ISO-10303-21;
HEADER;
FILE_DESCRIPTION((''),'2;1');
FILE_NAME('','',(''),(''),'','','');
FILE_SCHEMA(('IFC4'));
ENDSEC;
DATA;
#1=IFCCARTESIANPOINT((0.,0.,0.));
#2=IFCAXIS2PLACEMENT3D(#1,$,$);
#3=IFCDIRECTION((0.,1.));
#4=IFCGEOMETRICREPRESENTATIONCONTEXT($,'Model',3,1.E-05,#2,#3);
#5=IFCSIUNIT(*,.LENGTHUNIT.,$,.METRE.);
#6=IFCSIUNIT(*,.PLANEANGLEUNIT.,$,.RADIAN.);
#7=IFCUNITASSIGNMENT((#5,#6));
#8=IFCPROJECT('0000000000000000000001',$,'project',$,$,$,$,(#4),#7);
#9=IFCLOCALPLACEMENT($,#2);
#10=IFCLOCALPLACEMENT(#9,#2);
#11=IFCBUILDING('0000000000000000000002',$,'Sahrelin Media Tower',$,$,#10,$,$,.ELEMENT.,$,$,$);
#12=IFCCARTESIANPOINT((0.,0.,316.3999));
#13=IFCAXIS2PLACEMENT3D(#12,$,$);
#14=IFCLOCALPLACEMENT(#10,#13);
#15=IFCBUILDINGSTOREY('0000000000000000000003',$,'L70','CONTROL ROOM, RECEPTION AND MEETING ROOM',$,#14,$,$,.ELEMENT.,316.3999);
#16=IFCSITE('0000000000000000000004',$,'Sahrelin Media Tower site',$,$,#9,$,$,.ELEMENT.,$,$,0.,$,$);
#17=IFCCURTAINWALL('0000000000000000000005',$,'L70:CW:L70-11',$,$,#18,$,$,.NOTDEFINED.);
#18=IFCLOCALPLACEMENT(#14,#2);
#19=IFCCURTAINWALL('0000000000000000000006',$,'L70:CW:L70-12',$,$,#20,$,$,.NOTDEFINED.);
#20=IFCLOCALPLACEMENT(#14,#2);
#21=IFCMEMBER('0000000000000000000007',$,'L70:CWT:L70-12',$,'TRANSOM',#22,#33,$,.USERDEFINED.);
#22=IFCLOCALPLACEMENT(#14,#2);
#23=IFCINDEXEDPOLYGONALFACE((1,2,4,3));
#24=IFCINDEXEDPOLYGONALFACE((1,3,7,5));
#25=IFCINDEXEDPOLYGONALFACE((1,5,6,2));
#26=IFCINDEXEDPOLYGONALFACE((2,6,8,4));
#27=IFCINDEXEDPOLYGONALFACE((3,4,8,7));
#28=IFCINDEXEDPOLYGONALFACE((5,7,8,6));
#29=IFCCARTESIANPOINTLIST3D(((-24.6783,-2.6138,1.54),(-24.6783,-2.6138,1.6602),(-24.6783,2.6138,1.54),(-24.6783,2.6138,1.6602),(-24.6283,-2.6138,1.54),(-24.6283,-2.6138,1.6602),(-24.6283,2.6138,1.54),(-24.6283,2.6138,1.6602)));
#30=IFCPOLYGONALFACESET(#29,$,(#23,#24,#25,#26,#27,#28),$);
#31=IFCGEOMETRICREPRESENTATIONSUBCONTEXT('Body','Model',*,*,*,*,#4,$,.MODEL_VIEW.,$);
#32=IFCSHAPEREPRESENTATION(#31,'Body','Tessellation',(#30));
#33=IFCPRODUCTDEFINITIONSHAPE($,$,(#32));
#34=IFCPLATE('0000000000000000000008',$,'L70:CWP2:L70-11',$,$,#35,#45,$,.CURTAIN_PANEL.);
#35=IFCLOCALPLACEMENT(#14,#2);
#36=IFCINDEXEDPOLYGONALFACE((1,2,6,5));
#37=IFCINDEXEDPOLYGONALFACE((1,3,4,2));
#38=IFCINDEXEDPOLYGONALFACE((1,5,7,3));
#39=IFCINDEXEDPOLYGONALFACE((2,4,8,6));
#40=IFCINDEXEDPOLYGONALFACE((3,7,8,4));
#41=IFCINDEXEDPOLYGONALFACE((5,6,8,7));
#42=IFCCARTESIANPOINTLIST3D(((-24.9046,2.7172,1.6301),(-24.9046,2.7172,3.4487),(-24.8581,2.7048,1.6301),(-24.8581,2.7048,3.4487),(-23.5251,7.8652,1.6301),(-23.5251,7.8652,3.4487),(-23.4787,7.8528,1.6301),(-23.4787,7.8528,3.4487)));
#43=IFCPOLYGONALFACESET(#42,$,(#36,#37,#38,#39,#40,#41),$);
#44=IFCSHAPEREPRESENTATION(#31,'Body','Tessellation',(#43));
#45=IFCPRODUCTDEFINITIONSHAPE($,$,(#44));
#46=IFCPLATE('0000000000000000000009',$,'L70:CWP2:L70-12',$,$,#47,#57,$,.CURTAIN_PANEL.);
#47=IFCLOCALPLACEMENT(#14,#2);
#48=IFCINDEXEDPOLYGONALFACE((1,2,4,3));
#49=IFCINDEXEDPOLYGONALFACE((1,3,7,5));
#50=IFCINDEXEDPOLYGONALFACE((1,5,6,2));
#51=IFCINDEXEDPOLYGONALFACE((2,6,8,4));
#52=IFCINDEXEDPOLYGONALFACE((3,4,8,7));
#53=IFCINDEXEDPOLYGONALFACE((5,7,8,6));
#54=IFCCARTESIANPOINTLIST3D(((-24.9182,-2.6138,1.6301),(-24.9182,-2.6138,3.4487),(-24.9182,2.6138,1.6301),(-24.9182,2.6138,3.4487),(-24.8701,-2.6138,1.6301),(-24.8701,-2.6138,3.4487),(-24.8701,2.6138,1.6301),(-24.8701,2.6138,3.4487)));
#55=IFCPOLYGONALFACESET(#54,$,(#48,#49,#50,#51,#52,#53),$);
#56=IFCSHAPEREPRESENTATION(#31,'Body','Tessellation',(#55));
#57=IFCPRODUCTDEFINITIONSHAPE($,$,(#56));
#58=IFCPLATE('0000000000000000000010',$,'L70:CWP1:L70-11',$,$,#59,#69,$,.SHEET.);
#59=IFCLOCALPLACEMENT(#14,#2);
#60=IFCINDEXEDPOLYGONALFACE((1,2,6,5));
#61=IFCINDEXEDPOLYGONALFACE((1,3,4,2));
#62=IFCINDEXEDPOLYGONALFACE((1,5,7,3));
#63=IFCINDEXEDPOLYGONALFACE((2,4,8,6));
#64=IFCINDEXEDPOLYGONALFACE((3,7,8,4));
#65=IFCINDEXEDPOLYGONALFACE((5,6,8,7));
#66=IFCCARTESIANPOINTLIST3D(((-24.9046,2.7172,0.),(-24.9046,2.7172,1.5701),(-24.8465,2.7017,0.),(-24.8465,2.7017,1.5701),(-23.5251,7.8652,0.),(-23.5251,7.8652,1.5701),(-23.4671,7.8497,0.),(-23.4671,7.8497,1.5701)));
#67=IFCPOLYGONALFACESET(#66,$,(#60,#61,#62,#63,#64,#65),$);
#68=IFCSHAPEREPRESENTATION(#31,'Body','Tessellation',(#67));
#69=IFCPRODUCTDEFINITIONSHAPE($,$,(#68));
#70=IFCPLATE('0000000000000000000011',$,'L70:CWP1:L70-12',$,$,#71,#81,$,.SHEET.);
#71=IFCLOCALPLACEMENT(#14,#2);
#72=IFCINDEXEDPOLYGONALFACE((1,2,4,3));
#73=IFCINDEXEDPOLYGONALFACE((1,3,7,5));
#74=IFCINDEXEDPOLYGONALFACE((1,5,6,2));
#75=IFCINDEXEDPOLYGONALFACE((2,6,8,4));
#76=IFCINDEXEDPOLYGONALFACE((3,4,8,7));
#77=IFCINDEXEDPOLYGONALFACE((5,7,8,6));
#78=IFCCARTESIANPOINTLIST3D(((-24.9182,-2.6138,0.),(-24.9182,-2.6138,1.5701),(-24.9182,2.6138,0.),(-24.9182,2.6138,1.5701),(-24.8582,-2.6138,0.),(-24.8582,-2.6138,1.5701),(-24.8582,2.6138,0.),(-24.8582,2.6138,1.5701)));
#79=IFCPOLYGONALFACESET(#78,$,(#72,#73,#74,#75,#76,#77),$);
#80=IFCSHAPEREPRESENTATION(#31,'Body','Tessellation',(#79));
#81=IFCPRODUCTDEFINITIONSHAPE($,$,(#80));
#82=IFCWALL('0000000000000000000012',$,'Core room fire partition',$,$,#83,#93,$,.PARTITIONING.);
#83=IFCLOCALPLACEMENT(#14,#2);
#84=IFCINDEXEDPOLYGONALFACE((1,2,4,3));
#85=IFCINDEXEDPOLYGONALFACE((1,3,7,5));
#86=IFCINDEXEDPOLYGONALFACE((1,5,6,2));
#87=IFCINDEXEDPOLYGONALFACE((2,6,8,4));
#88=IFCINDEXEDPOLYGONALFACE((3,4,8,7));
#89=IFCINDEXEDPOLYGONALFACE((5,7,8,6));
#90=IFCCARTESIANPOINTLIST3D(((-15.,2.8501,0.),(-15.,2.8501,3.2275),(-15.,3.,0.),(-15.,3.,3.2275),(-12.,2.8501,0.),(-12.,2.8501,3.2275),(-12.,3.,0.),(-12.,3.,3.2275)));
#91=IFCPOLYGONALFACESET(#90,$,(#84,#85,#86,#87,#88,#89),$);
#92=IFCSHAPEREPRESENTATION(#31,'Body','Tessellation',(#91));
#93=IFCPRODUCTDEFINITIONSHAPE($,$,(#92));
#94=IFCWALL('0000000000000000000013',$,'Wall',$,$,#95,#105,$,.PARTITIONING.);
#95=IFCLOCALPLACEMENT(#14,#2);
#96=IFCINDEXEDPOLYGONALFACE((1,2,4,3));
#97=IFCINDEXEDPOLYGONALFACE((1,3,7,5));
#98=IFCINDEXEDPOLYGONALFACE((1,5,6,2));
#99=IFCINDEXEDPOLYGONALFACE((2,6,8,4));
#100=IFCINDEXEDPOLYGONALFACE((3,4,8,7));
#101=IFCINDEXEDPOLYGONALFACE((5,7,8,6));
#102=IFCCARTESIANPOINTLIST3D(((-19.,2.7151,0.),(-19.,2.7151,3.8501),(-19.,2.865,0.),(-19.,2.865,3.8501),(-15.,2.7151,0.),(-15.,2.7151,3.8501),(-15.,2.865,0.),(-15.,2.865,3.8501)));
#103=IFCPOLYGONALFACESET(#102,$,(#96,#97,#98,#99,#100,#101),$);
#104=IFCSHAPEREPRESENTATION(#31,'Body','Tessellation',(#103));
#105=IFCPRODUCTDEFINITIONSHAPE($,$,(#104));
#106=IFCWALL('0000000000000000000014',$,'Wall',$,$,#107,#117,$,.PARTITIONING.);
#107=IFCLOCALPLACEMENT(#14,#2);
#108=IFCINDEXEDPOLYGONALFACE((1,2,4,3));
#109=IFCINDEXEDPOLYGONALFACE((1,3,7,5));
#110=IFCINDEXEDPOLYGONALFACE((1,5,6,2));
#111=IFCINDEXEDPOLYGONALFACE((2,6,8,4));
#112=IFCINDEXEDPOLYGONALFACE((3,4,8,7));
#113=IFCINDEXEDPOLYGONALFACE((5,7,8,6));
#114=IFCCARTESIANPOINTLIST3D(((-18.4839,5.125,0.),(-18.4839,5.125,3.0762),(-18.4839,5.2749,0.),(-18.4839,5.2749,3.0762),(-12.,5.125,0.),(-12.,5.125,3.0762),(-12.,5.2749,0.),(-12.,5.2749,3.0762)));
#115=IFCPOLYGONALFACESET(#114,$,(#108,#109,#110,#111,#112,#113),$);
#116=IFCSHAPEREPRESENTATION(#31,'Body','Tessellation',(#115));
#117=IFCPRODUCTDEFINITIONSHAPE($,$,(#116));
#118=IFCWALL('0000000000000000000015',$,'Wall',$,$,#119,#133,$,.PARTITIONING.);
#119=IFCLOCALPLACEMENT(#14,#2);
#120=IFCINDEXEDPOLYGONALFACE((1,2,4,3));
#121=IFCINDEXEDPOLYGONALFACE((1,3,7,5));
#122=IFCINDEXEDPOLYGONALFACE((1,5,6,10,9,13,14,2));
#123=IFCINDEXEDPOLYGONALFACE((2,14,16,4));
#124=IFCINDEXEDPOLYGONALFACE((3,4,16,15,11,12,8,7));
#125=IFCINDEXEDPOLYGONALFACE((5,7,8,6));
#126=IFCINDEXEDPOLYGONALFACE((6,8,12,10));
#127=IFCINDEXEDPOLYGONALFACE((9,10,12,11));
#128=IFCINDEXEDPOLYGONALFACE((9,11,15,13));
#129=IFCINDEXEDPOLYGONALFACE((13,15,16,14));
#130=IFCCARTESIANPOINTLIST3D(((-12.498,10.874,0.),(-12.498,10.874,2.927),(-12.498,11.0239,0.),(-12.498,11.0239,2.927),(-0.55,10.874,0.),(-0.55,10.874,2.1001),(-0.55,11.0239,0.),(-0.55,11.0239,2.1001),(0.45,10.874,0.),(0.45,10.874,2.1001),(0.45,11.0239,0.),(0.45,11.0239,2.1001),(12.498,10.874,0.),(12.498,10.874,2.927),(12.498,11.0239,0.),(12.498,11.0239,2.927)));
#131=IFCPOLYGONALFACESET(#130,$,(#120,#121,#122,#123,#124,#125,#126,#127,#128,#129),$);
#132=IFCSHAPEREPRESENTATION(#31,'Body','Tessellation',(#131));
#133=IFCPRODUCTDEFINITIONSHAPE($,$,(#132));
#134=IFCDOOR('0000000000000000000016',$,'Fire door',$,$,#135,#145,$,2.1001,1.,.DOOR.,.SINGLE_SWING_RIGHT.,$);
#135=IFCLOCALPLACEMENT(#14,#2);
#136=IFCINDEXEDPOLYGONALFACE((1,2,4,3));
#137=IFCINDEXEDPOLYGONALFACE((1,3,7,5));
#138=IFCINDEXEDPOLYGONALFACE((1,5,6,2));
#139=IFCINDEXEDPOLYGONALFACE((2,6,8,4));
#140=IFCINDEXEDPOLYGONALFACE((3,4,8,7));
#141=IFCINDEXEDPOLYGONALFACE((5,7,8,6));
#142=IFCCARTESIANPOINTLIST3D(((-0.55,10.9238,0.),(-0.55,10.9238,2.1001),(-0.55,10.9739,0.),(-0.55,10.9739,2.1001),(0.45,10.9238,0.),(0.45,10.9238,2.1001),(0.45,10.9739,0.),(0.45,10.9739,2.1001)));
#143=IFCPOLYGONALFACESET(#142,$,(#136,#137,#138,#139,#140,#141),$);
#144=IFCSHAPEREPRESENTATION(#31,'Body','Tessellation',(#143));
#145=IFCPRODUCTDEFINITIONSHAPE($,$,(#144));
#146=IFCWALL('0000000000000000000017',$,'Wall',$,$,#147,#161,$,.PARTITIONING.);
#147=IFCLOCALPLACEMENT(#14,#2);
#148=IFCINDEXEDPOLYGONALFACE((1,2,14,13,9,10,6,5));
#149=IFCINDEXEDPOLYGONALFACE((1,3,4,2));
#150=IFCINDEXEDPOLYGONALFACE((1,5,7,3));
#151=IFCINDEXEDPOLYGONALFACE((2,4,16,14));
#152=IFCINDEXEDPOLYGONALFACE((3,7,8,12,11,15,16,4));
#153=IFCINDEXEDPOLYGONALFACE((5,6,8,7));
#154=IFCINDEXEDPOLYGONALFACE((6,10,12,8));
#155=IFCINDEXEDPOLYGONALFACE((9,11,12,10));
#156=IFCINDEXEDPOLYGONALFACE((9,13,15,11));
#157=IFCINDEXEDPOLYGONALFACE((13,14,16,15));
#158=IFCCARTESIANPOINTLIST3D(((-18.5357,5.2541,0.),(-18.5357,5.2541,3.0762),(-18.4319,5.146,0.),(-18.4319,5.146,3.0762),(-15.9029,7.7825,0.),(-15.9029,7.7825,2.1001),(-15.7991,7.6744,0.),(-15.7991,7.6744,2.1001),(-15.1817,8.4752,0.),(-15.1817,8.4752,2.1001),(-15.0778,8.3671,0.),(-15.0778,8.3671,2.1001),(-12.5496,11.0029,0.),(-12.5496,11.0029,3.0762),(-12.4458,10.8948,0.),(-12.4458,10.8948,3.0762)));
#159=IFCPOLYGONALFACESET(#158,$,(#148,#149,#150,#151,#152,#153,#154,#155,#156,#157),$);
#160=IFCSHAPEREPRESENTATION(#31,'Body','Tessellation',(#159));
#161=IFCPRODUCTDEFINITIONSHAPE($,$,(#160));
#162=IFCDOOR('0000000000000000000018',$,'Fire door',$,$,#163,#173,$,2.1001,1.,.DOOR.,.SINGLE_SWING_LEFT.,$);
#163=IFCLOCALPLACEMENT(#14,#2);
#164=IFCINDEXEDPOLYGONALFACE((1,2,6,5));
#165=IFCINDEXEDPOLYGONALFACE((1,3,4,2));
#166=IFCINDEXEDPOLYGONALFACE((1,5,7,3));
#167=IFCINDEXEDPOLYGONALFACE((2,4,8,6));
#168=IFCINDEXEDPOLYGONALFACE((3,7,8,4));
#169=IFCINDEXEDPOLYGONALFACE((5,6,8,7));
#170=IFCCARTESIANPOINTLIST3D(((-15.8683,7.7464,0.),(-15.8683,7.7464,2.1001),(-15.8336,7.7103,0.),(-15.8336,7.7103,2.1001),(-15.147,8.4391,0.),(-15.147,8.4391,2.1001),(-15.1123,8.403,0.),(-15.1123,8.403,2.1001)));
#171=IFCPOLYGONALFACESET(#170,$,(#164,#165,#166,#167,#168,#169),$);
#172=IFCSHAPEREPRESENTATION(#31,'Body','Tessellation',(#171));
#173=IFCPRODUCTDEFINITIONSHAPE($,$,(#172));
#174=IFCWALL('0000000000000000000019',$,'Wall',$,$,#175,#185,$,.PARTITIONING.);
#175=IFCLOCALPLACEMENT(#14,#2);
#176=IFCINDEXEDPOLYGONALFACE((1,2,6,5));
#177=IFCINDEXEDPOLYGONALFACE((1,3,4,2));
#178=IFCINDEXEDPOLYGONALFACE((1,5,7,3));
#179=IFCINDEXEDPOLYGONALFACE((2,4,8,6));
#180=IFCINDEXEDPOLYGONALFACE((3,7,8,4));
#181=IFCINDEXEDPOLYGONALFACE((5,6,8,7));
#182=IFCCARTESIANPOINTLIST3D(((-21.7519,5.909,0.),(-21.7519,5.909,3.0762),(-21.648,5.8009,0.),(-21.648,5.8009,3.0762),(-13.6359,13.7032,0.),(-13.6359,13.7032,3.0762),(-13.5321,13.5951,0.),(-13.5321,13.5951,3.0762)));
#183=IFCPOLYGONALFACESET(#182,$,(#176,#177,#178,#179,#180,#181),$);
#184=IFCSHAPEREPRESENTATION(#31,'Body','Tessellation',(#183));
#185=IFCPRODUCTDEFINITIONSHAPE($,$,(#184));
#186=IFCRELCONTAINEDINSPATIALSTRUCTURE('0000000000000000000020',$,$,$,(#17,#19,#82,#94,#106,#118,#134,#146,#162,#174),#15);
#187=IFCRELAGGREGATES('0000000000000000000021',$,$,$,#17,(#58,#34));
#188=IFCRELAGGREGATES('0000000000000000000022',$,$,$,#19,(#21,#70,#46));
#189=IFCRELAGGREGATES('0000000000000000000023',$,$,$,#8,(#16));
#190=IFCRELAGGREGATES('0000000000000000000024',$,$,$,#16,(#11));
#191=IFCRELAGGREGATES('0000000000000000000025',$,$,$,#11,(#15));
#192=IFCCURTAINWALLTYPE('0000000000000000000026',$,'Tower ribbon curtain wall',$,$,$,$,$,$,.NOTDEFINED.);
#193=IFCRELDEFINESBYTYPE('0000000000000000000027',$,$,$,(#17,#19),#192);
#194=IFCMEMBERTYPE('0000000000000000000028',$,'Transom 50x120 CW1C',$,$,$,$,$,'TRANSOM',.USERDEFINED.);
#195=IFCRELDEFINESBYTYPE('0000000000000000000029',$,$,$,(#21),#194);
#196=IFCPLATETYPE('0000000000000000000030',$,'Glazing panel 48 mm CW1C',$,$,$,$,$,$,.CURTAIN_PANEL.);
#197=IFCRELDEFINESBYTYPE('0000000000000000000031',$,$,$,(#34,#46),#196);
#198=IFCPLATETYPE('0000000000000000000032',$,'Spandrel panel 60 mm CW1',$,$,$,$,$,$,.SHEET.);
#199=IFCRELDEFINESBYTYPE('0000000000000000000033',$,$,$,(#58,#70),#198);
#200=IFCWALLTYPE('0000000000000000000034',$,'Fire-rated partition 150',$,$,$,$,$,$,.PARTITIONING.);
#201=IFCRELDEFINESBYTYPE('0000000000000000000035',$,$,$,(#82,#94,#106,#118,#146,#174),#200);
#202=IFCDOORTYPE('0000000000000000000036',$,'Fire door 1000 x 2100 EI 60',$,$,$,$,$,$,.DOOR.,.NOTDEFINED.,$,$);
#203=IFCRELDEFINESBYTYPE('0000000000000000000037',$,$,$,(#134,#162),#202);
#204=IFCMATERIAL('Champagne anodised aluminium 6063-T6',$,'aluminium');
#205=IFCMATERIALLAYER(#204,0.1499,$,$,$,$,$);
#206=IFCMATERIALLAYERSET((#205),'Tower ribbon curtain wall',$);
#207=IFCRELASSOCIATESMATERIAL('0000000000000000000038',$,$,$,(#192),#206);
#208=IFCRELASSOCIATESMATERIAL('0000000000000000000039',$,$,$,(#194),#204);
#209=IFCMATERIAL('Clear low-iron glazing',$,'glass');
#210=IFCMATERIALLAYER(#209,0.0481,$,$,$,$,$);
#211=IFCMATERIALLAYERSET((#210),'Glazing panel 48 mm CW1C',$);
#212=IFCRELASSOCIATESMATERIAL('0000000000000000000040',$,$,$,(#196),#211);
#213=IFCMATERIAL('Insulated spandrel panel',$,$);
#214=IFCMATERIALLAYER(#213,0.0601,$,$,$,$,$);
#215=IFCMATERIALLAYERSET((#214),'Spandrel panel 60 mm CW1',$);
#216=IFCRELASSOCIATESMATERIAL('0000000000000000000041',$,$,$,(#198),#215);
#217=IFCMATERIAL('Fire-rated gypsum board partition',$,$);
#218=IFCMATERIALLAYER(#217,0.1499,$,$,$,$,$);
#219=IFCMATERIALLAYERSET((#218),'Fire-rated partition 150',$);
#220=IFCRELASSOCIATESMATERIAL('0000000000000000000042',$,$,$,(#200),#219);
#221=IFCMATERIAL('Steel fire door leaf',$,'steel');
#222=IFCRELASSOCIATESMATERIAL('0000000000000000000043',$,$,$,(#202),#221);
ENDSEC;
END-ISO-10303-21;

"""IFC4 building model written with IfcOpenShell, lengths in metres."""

from ifc_helpers import new_model, si_unit, direction, frame, frame_2d, origin, origin_2d, place, context, subcontext, project, spatial, polyline, rectangle, outline, extrude, material, layer, layer_set, material_profile, profile_set, type_object, element, fill, aggregate, save


model = new_model("IFC4")

# Units and contexts
model_context = context("Model", 3, precision=1e-05, world=origin(), true_north=direction((0.0, 1.0)))
body_context = subcontext(model_context, "Body", "Model", "MODEL_VIEW")
ifc_project = project(units=[si_unit("LENGTHUNIT", "METRE"), si_unit("PLANEANGLEUNIT", "RADIAN")], contexts=[model_context])

# Site, building, storey
site_placement = place(None, origin())
site = spatial("IfcSite", under=ifc_project, at=site_placement, Name="Sahrelin Media Tower site", CompositionType="ELEMENT", RefElevation=0.0)
building_placement = place(site_placement, origin())
building = spatial("IfcBuilding", under=site, at=building_placement, Name="Sahrelin Media Tower", CompositionType="ELEMENT")
storey_placement = place(building_placement, frame((0.0, 0.0, 316.3999)))
storey = spatial("IfcBuildingStorey", under=building, at=storey_placement, Name="L70", Description="CONTROL ROOM, RECEPTION AND MEETING ROOM", CompositionType="ELEMENT", Elevation=316.3999)

# Curtain walls
ifc_material_1 = material(Name="Champagne anodised aluminium 6063-T6", Category="aluminium")
ifc_layer_1 = layer(ifc_material_1, 0.1499)
ifc_layer_set_1 = layer_set([ifc_layer_1], Name="Tower ribbon curtain wall")
curtain_wall_type = type_object("IfcCurtainWallType", Name="Tower ribbon curtain wall", PredefinedType="NOTDEFINED", material=ifc_layer_set_1)
curtain_wall_1_placement = place(storey_placement, frame((-24.1956, 5.2859, 0.0), z_axis=(0.0, 0.0, 1.0), x_axis=(1.0, 0.0, 0.0)))
curtain_wall_1 = element("IfcCurtainWall", 1, at=curtain_wall_1_placement, inside=storey, type_object=curtain_wall_type, Name="L70:CW:L70-11", PredefinedType="NOTDEFINED")
curtain_wall_2_placement = place(storey_placement, frame((-24.8982, 0.0, 0.0), z_axis=(0.0, 0.0, 1.0), x_axis=(1.0, 0.0, 0.0)))
curtain_wall_2 = element("IfcCurtainWall", 2, at=curtain_wall_2_placement, inside=storey, type_object=curtain_wall_type, Name="L70:CW:L70-12", PredefinedType="NOTDEFINED")

# Member
ifc_material_profile_1 = material_profile(ifc_material_1, rectangle(XDim=0.05, YDim=0.1201, at=origin_2d()), Name="Transom 50x120")
ifc_profile_set_1 = profile_set([ifc_material_profile_1], Name="Champagne anodised aluminium 6063-T6")
member_type_1 = type_object("IfcMemberType", Name="Transom 50x120 CW1C", ElementType="TRANSOM", PredefinedType="USERDEFINED", material=ifc_profile_set_1)
member_1_placement = place(storey_placement, frame((-24.6533, 2.6138, 1.6001), z_axis=(0.0, -1.0, 0.0), x_axis=(1.0, 0.0, 0.0)))
member_1 = element("IfcMember", 3, at=member_1_placement, type_object=member_type_1, Name="L70:CWT:L70-12", ObjectType="TRANSOM", PredefinedType="USERDEFINED", context=body_context, shape_type="SweptSolid", body=[
    extrude(rectangle(XDim=0.05, YDim=0.1201, at=origin_2d()), origin(), (0.0, 0.0, 1.0), 5.2275),
])

# Plates
ifc_material_2 = material(Name="Clear low-iron glazing", Category="glass")
ifc_layer_2 = layer(ifc_material_2, 0.0481)
ifc_layer_set_2 = layer_set([ifc_layer_2], Name="Glazing panel 48 mm CW1C")
plate_type_1 = type_object("IfcPlateType", Name="Glazing panel 48 mm CW1C", PredefinedType="CURTAIN_PANEL", material=ifc_layer_set_2)
plate_1_placement = place(storey_placement, frame((-23.5251, 7.8652, 1.6301), z_axis=(-0.965926, 0.25882, 0.0), x_axis=(-0.25882, -0.965926, 0.0)))
plate_1 = element("IfcPlate", 4, at=plate_1_placement, type_object=plate_type_1, Name="L70:CWP2:L70-11", PredefinedType="CURTAIN_PANEL", context=body_context, shape_type="SweptSolid", body=[
    extrude(outline(polyline([(0.0, 0.0), (5.3296, 0.0), (5.3296, 1.8186), (0.0, 1.8186), (0.0, 0.0)])), origin(), (0.0, 0.0, -1.0), 0.0481),
])
plate_2_placement = place(storey_placement, frame((-24.9182, 2.6138, 1.6301), z_axis=(-1.0, 0.0, 0.0), x_axis=(0.0, -1.0, 0.0)))
plate_2 = element("IfcPlate", 5, at=plate_2_placement, type_object=plate_type_1, Name="L70:CWP2:L70-12", PredefinedType="CURTAIN_PANEL", context=body_context, shape_type="SweptSolid", body=[
    extrude(outline(polyline([(0.0, 0.0), (5.2275, 0.0), (5.2275, 1.8186), (0.0, 1.8186), (0.0, 0.0)])), origin(), (0.0, 0.0, -1.0), 0.0481),
])
ifc_material_3 = material(Name="Insulated spandrel panel")
ifc_layer_3 = layer(ifc_material_3, 0.0601)
ifc_layer_set_3 = layer_set([ifc_layer_3], Name="Spandrel panel 60 mm CW1")
plate_type_2 = type_object("IfcPlateType", Name="Spandrel panel 60 mm CW1", PredefinedType="SHEET", material=ifc_layer_set_3)
plate_3_placement = place(storey_placement, frame((-23.5251, 7.8652, 0.0), z_axis=(-0.965926, 0.25882, 0.0), x_axis=(-0.25882, -0.965926, 0.0)))
plate_3 = element("IfcPlate", 6, at=plate_3_placement, type_object=plate_type_2, Name="L70:CWP1:L70-11", PredefinedType="SHEET", context=body_context, shape_type="SweptSolid", body=[
    extrude(outline(polyline([(0.0, 0.0), (5.3296, 0.0), (5.3296, 1.5701), (0.0, 1.5701), (0.0, 0.0)])), origin(), (0.0, 0.0, -1.0), 0.0601),
])
aggregate(curtain_wall_1, [plate_3, plate_1])
plate_4_placement = place(storey_placement, frame((-24.9182, 2.6138, 0.0), z_axis=(-1.0, 0.0, 0.0), x_axis=(0.0, -1.0, 0.0)))
plate_4 = element("IfcPlate", 7, at=plate_4_placement, type_object=plate_type_2, Name="L70:CWP1:L70-12", PredefinedType="SHEET", context=body_context, shape_type="SweptSolid", body=[
    extrude(outline(polyline([(0.0, 0.0), (5.2275, 0.0), (5.2275, 1.5701), (0.0, 1.5701), (0.0, 0.0)])), origin(), (0.0, 0.0, -1.0), 0.0601),
])
aggregate(curtain_wall_2, [member_1, plate_4, plate_2])

# Walls
ifc_material_4 = material(Name="Fire-rated gypsum board partition")
ifc_layer_4 = layer(ifc_material_4, 0.1499)
ifc_layer_set_4 = layer_set([ifc_layer_4], Name="Fire-rated partition 150")
wall_type_1 = type_object("IfcWallType", Name="Fire-rated partition 150", PredefinedType="PARTITIONING", material=ifc_layer_set_4)
wall_1_placement = place(storey_placement, frame((-15.0, 2.925, 0.0), z_axis=(0.0, 0.0, 1.0), x_axis=(1.0, 0.0, 0.0)))
element("IfcWall", 8, at=wall_1_placement, inside=storey, type_object=wall_type_1, Name="Core room fire partition", PredefinedType="PARTITIONING", context=body_context, shape_type="SweptSolid", body=[
    extrude(rectangle(XDim=3.0, YDim=0.1499, at=frame_2d((1.5, 0.0))), origin(), (0.0, 0.0, 1.0), 3.2275),
])
wall_2_placement = place(storey_placement, frame((-19.0, 2.79, 0.0), z_axis=(0.0, 0.0, 1.0), x_axis=(1.0, 0.0, 0.0)))
element("IfcWall", 9, at=wall_2_placement, inside=storey, type_object=wall_type_1, Name="Wall", PredefinedType="PARTITIONING", context=body_context, shape_type="SweptSolid", body=[
    extrude(rectangle(XDim=4.0, YDim=0.1499, at=frame_2d((2.0, 0.0))), origin(), (0.0, 0.0, 1.0), 3.8501),
])
wall_3_placement = place(storey_placement, frame((-18.4839, 5.2, 0.0), z_axis=(0.0, 0.0, 1.0), x_axis=(1.0, 0.0, 0.0)))
element("IfcWall", 10, at=wall_3_placement, inside=storey, type_object=wall_type_1, Name="Wall", PredefinedType="PARTITIONING", context=body_context, shape_type="SweptSolid", body=[
    extrude(rectangle(XDim=6.4839, YDim=0.1499, at=frame_2d((3.2419, 0.0))), origin(), (0.0, 0.0, 1.0), 3.0762),
])

# Walls, openings, doors
wall_4_placement = place(storey_placement, frame((-12.498, 10.949, 0.0), z_axis=(0.0, 0.0, 1.0), x_axis=(1.0, 0.0, 0.0)))
wall_4 = element("IfcWall", 11, at=wall_4_placement, inside=storey, type_object=wall_type_1, Name="Wall", PredefinedType="PARTITIONING", context=body_context, shape_type="SweptSolid", body=[
    extrude(rectangle(XDim=24.9961, YDim=0.1499, at=frame_2d((12.498, 0.0))), origin(), (0.0, 0.0, 1.0), 2.927),
])
opening_1_placement = place(wall_4_placement, frame((11.948, 0.0, 0.0)))
opening_1 = element("IfcOpeningElement", 12, at=opening_1_placement, cuts=wall_4, PredefinedType="OPENING", context=body_context, shape_type="SweptSolid", body=[
    extrude(rectangle(XDim=1.0, YDim=2.1001, at=frame_2d((0.5, 1.05))), frame((0.0, 0.075, 0.0), z_axis=(0.0, -1.0, 0.0), x_axis=(1.0, 0.0, 0.0)), (0.0, 0.0, 1.0), 0.1499),
])
ifc_material_5 = material(Name="Steel fire door leaf", Category="steel")
door_type = type_object("IfcDoorType", Name="Fire door 1000 x 2100 EI 60", OperationType="NOTDEFINED", PredefinedType="DOOR", material=ifc_material_5)
door_1_placement = place(opening_1_placement, origin())
door_1 = element("IfcDoor", 13, at=door_1_placement, inside=storey, type_object=door_type, Name="Fire door", OperationType="SINGLE_SWING_RIGHT", OverallHeight=2.1001, OverallWidth=1.0, PredefinedType="DOOR", context=body_context, shape_type="SweptSolid", body=[
    extrude(rectangle(XDim=1.0, YDim=2.1001, at=frame_2d((0.5, 1.05))), frame((0.0, 0.0249, 0.0), z_axis=(0.0, -1.0, 0.0), x_axis=(1.0, 0.0, 0.0)), (0.0, 0.0, 1.0), 0.05),
])
fill(opening_1, door_1)
wall_5_placement = place(storey_placement, frame((-18.4839, 5.2, 0.0), z_axis=(0.0, 0.0, 1.0), x_axis=(0.721259, 0.692666, 0.0)))
wall_5 = element("IfcWall", 14, at=wall_5_placement, inside=storey, type_object=wall_type_1, Name="Wall", PredefinedType="PARTITIONING", context=body_context, shape_type="SweptSolid", body=[
    extrude(rectangle(XDim=8.2996, YDim=0.1499, at=frame_2d((4.1499, 0.0))), origin(), (0.0, 0.0, 1.0), 3.0762),
])
opening_2_placement = place(wall_5_placement, frame((3.6504, 0.0, 0.0)))
opening_2 = element("IfcOpeningElement", 15, at=opening_2_placement, cuts=wall_5, PredefinedType="OPENING", context=body_context, shape_type="SweptSolid", body=[
    extrude(rectangle(XDim=1.0, YDim=2.1001, at=frame_2d((0.5, 1.05))), frame((0.0, 0.075, 0.0), z_axis=(0.0, -1.0, 0.0), x_axis=(1.0, 0.0, 0.0)), (0.0, 0.0, 1.0), 0.1499),
])
door_2_placement = place(opening_2_placement, origin())
door_2 = element("IfcDoor", 16, at=door_2_placement, inside=storey, type_object=door_type, Name="Fire door", OperationType="SINGLE_SWING_LEFT", OverallHeight=2.1001, OverallWidth=1.0, PredefinedType="DOOR", context=body_context, shape_type="SweptSolid", body=[
    extrude(rectangle(XDim=1.0, YDim=2.1001, at=frame_2d((0.5, 1.05))), frame((0.0, 0.0249, 0.0), z_axis=(0.0, -1.0, 0.0), x_axis=(1.0, 0.0, 0.0)), (0.0, 0.0, 1.0), 0.05),
])
fill(opening_2, door_2)

# Wall
wall_6_placement = place(storey_placement, frame((-21.7, 5.855, 0.0), z_axis=(0.0, 0.0, 1.0), x_axis=(0.72126, 0.692664, 0.0)))
element("IfcWall", 17, at=wall_6_placement, inside=storey, type_object=wall_type_1, Name="Wall", PredefinedType="PARTITIONING", context=body_context, shape_type="SweptSolid", body=[
    extrude(rectangle(XDim=11.2524, YDim=0.1499, at=frame_2d((5.6262, 0.0))), origin(), (0.0, 0.0, 1.0), 3.0762),
])

save(model, "model.ifc")
